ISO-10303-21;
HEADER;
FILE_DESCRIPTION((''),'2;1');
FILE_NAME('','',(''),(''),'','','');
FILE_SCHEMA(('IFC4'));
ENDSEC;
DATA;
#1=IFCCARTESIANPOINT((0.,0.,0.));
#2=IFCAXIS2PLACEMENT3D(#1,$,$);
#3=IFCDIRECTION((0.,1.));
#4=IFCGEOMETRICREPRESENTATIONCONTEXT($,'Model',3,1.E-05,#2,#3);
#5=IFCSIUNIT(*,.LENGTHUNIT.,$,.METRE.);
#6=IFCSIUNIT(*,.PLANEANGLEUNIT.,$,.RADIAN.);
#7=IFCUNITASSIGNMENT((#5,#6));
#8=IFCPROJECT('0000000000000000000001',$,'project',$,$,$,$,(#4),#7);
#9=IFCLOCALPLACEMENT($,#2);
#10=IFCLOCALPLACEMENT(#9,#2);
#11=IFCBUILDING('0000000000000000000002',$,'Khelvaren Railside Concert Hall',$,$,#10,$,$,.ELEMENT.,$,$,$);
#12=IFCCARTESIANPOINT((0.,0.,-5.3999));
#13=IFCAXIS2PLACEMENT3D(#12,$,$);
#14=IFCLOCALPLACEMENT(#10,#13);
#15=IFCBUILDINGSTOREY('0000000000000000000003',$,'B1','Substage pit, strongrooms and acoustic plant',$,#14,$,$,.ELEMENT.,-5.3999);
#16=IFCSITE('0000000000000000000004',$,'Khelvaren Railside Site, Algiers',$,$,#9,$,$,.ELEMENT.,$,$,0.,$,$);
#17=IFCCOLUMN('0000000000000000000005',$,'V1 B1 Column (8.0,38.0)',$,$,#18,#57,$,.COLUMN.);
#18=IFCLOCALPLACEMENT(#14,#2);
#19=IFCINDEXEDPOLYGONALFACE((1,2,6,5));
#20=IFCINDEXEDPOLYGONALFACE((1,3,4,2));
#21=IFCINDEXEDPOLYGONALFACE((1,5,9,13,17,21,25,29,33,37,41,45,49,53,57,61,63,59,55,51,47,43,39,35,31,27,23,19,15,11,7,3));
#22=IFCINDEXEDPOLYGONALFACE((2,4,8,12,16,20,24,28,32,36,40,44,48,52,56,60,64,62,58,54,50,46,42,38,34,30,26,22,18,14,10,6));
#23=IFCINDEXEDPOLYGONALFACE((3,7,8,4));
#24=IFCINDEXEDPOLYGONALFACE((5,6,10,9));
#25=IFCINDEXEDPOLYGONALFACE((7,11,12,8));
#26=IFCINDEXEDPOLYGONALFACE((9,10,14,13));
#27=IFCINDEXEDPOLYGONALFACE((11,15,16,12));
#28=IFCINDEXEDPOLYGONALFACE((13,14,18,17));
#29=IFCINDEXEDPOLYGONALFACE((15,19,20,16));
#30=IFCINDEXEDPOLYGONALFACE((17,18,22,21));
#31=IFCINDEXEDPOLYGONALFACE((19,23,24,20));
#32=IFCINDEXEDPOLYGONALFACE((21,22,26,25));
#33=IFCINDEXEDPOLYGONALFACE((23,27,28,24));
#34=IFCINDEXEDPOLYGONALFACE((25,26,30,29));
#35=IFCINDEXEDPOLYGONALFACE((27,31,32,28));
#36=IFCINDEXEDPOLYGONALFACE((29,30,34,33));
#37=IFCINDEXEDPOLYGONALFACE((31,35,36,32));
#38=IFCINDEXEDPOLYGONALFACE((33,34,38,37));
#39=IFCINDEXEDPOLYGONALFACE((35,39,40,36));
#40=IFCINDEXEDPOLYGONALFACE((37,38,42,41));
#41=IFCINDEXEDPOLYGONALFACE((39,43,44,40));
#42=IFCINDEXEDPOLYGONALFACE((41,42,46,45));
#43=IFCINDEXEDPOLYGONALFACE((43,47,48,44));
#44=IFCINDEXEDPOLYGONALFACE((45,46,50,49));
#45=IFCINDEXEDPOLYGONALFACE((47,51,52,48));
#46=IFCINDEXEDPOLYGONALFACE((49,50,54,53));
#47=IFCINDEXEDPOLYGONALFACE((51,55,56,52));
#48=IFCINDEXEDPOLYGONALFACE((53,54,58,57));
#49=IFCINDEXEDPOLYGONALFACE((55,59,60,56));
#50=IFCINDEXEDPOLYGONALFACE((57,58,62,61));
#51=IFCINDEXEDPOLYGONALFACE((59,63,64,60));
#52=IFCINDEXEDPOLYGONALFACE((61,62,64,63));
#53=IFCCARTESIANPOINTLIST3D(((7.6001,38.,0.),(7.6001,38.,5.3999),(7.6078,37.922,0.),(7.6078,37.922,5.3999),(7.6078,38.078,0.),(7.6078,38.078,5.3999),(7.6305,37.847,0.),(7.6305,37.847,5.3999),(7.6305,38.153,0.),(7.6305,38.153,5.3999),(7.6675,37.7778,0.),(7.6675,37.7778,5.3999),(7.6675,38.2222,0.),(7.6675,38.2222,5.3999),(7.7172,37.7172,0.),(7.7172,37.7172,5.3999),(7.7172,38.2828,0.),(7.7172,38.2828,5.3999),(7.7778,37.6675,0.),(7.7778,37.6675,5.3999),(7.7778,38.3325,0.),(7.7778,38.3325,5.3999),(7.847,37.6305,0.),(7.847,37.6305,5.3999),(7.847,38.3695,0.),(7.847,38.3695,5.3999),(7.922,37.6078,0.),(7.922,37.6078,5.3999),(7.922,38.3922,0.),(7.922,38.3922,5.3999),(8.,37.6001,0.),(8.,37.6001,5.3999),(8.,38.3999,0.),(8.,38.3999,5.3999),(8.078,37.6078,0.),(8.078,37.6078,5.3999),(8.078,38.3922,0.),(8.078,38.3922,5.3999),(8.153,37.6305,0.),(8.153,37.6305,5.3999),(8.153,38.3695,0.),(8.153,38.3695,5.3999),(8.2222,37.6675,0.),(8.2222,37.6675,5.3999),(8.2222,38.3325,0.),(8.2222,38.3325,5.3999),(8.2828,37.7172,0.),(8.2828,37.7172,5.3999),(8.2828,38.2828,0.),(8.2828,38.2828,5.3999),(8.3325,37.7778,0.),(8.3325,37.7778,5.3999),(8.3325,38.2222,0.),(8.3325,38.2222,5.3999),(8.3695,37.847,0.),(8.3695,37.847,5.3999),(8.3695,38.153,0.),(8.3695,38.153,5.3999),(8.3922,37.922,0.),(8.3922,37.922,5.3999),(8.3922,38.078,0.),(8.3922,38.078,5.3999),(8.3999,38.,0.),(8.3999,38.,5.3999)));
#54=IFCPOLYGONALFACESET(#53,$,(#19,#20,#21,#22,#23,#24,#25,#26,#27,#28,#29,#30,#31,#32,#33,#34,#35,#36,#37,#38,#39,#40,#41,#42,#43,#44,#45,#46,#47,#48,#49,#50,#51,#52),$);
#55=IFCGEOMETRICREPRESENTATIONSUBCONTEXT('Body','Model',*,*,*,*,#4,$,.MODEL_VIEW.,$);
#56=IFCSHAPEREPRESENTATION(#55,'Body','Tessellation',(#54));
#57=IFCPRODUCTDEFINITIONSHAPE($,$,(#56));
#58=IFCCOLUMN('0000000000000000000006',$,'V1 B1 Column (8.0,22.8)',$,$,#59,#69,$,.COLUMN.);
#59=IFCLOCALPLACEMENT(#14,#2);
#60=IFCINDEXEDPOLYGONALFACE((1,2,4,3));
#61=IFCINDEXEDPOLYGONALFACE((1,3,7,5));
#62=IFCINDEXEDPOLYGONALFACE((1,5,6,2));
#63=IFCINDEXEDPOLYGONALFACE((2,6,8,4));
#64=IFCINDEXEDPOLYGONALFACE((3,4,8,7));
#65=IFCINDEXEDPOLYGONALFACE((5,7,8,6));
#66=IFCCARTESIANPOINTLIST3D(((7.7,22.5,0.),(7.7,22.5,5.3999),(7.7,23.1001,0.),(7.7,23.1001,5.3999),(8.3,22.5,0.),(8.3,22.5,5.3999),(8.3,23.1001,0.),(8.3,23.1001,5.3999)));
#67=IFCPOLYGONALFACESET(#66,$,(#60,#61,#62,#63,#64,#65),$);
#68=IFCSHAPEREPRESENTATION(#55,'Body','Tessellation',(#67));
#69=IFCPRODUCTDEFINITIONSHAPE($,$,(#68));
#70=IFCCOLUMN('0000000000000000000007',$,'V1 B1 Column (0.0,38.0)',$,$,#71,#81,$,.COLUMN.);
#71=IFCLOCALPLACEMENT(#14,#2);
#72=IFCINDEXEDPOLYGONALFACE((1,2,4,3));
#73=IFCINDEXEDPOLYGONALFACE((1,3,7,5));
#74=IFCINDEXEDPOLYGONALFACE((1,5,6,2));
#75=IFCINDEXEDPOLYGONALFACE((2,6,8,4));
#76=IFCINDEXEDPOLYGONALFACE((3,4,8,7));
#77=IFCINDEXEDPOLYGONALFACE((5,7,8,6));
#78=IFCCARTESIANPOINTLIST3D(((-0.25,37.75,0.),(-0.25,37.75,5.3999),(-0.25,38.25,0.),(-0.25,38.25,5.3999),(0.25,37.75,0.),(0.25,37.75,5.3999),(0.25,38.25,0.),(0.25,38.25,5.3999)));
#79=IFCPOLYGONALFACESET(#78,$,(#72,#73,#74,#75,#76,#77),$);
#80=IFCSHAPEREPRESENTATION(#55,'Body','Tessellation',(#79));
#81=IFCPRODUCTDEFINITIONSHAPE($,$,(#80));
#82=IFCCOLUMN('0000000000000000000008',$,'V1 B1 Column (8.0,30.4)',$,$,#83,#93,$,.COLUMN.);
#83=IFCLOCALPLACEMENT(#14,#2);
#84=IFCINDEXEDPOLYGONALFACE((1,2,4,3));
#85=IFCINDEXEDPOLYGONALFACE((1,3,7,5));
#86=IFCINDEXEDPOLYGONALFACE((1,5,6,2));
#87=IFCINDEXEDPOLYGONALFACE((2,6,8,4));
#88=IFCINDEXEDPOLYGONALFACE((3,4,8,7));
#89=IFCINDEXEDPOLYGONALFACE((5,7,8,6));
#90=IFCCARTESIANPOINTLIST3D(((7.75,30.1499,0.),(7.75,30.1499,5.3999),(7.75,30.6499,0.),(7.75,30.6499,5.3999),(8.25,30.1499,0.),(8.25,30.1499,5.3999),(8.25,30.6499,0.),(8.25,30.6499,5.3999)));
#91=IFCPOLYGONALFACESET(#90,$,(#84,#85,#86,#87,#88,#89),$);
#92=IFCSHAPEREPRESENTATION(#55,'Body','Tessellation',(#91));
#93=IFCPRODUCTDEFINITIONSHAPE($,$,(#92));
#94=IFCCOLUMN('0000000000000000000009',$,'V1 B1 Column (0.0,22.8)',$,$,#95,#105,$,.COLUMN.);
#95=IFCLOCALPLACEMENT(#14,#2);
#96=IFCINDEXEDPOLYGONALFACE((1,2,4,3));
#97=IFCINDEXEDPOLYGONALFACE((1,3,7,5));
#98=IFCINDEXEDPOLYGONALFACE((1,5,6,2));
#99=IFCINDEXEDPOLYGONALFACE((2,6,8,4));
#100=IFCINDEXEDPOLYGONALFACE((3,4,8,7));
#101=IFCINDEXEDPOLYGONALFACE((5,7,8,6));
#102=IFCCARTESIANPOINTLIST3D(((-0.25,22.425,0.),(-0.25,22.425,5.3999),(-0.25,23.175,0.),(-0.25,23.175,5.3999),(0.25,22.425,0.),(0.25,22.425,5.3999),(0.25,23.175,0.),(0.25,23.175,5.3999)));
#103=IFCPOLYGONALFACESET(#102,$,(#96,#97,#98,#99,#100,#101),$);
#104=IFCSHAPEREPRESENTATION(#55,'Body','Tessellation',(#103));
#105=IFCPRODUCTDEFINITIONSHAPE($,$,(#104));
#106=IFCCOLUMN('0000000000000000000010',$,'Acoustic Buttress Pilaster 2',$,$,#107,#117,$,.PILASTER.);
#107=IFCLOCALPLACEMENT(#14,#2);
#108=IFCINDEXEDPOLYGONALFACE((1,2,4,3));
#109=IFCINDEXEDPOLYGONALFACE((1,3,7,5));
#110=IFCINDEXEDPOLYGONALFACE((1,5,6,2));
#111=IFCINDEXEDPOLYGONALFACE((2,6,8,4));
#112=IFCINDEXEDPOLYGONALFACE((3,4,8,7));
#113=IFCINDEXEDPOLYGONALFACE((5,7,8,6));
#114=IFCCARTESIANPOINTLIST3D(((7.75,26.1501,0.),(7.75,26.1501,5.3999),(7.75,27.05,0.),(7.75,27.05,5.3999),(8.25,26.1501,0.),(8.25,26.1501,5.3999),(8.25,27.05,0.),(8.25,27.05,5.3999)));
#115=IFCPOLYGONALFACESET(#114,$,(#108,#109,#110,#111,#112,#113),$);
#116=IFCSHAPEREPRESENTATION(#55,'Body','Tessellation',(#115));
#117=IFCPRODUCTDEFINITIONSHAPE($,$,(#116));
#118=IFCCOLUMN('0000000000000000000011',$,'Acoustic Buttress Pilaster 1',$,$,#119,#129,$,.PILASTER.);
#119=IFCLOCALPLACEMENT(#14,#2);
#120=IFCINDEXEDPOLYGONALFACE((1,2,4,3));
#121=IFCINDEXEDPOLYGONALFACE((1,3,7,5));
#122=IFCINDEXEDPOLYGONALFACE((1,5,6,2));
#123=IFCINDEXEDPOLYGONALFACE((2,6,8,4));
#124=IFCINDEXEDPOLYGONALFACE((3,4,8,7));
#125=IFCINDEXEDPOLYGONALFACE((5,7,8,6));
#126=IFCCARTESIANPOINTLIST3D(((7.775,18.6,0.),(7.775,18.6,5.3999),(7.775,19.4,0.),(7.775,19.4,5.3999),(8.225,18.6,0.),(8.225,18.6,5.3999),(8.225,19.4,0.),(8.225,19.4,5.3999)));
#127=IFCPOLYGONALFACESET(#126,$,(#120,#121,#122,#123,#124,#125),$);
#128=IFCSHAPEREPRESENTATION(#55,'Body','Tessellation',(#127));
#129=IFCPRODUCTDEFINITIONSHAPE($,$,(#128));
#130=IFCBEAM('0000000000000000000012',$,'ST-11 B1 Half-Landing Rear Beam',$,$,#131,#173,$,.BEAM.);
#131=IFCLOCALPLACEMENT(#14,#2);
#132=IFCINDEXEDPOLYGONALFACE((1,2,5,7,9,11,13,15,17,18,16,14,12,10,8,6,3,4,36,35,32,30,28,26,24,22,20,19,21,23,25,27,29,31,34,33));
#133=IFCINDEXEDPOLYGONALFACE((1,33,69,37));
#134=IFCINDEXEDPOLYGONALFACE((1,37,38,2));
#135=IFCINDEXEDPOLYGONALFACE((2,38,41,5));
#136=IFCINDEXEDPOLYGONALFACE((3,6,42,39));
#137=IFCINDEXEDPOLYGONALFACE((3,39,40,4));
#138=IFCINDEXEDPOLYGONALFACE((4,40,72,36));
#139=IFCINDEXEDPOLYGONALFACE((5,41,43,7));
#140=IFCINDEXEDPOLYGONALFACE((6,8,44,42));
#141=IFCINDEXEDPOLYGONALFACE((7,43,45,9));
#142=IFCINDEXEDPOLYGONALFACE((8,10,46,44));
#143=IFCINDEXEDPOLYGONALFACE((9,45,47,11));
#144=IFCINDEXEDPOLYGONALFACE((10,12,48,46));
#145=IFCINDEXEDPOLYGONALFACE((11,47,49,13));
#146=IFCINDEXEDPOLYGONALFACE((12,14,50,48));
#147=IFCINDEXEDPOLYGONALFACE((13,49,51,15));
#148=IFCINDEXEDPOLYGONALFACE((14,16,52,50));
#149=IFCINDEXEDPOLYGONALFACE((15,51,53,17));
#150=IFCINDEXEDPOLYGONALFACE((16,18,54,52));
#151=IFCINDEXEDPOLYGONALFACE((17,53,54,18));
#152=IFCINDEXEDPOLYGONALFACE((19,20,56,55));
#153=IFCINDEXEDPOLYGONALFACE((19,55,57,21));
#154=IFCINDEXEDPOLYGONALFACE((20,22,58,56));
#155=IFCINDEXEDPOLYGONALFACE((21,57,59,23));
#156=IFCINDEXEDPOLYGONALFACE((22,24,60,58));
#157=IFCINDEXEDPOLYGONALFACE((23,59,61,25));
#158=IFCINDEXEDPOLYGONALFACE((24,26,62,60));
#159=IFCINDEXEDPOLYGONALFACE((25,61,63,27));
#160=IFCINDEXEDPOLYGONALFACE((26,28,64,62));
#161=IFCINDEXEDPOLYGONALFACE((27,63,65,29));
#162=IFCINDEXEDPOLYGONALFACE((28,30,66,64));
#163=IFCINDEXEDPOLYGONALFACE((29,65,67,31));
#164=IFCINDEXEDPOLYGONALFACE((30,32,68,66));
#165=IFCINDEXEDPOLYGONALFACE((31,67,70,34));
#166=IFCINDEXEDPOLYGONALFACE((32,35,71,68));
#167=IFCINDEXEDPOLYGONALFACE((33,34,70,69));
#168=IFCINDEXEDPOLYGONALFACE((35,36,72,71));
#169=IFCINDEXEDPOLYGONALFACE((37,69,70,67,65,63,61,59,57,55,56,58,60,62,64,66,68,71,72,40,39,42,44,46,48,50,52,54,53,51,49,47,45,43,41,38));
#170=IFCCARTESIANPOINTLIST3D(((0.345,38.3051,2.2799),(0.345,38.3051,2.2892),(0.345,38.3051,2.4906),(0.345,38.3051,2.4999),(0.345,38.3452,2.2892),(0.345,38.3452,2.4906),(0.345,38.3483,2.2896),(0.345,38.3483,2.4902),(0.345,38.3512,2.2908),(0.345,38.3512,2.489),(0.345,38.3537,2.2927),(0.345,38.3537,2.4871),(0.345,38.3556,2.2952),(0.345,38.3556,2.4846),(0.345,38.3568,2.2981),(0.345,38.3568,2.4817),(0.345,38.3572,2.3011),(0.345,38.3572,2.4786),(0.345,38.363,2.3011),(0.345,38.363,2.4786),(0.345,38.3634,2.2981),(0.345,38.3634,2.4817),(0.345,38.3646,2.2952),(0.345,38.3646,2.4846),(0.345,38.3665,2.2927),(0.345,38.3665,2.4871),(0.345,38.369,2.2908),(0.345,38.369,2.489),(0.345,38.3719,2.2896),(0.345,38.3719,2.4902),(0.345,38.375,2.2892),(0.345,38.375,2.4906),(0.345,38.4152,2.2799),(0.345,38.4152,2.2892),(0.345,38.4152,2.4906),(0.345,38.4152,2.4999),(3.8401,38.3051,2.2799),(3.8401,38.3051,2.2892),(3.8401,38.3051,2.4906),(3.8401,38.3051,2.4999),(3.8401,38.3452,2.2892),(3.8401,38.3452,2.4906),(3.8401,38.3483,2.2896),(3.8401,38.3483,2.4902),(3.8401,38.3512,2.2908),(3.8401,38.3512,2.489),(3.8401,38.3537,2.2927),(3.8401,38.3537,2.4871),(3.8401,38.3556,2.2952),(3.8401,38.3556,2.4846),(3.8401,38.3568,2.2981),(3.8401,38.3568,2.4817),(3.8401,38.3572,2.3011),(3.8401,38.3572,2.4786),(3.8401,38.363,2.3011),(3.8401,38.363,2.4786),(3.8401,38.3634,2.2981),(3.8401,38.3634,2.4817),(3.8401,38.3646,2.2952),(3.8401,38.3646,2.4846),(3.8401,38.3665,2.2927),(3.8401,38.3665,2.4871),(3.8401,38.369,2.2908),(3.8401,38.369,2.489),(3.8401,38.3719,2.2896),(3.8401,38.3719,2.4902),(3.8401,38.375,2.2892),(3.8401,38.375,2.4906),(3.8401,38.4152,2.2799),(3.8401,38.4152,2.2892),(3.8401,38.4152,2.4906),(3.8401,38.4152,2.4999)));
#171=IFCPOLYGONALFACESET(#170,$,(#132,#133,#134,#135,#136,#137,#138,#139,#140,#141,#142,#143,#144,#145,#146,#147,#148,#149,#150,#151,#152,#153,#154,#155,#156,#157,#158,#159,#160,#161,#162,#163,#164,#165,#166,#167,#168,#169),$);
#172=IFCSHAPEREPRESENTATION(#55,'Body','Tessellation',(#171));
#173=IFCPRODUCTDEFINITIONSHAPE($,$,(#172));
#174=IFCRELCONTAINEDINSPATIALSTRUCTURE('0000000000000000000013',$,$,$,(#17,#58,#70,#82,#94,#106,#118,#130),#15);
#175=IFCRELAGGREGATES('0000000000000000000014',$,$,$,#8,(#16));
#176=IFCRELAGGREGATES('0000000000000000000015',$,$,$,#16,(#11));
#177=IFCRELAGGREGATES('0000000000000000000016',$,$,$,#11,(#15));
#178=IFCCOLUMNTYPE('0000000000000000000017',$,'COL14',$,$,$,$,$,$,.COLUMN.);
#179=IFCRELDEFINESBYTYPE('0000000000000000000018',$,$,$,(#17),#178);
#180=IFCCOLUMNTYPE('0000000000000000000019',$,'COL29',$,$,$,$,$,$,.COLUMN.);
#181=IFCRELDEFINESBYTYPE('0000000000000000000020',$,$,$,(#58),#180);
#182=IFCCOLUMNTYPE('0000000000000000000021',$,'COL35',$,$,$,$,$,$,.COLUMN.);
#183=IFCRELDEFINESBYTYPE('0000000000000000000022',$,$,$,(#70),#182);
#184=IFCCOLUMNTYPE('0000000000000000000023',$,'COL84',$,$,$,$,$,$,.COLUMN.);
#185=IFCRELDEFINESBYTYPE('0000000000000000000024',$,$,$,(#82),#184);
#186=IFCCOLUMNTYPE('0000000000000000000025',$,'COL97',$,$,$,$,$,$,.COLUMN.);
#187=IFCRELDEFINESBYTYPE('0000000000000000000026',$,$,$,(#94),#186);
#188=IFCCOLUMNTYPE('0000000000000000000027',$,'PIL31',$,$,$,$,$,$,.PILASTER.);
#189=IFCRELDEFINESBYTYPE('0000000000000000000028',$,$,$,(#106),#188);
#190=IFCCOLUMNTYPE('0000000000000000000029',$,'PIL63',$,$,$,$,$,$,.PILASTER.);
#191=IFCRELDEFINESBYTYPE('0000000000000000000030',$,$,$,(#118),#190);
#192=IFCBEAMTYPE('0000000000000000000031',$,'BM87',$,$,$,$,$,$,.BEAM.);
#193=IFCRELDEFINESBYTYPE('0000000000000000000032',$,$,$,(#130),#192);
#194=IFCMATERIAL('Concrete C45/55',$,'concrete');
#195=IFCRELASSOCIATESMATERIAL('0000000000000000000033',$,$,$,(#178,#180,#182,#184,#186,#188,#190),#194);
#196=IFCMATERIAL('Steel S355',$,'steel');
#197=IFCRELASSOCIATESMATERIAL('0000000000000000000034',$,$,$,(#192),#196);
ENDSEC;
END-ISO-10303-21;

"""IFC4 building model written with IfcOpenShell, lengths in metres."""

from ifc_helpers import new_model, si_unit, direction, frame, origin, origin_2d, place, context, subcontext, project, spatial, rectangle, circle, i_section, extrude, material, material_profile, profile_set, type_object, element, save


model = new_model("IFC4")

# Units and contexts
model_context = context("Model", 3, precision=1e-05, world=origin(), true_north=direction((0.0, 1.0)))
body_context = subcontext(model_context, "Body", "Model", "MODEL_VIEW")
ifc_project = project(units=[si_unit("LENGTHUNIT", "METRE"), si_unit("PLANEANGLEUNIT", "RADIAN")], contexts=[model_context])

# Site, building, storey
site_placement = place(None, origin())
site = spatial("IfcSite", under=ifc_project, at=site_placement, Name="Khelvaren Railside Site, Algiers", CompositionType="ELEMENT", RefElevation=0.0)
building_placement = place(site_placement, origin())
building = spatial("IfcBuilding", under=site, at=building_placement, Name="Khelvaren Railside Concert Hall", CompositionType="ELEMENT")
storey_placement = place(building_placement, frame((0.0, 0.0, -5.3999)))
storey = spatial("IfcBuildingStorey", under=building, at=storey_placement, Name="B1", Description="Substage pit, strongrooms and acoustic plant", CompositionType="ELEMENT", Elevation=-5.3999)

# Columns
ifc_material_1 = material(Name="Concrete C45/55", Category="concrete")
ifc_material_profile_1 = material_profile(ifc_material_1, circle(Radius=0.3999, at=origin_2d()), Name="RC D800")
ifc_profile_set_1 = profile_set([ifc_material_profile_1], Name="Concrete C45/55")
column_type_1 = type_object("IfcColumnType", Name="COL14", PredefinedType="COLUMN", material=ifc_profile_set_1)
column_1_placement = place(storey_placement, frame((8.0, 38.0, 0.0), z_axis=(0.0, 0.0, 1.0), x_axis=(1.0, 0.0, 0.0)))
element("IfcColumn", 1, at=column_1_placement, inside=storey, type_object=column_type_1, Name="V1 B1 Column (8.0,38.0)", PredefinedType="COLUMN", context=body_context, shape_type="SweptSolid", body=[
    extrude(circle(Radius=0.3999, at=origin_2d()), origin(), (0.0, 0.0, 1.0), 5.3999),
])
ifc_material_profile_2 = material_profile(ifc_material_1, rectangle(XDim=0.6001, YDim=0.6001, at=origin_2d()), Name="RC 600x600")
ifc_profile_set_2 = profile_set([ifc_material_profile_2], Name="Concrete C45/55")
column_type_2 = type_object("IfcColumnType", Name="COL29", PredefinedType="COLUMN", material=ifc_profile_set_2)
column_2_placement = place(storey_placement, frame((8.0, 22.8, 0.0), z_axis=(0.0, 0.0, 1.0), x_axis=(1.0, 0.0, 0.0)))
element("IfcColumn", 2, at=column_2_placement, inside=storey, type_object=column_type_2, Name="V1 B1 Column (8.0,22.8)", PredefinedType="COLUMN", context=body_context, shape_type="SweptSolid", body=[
    extrude(rectangle(XDim=0.6001, YDim=0.6001, at=origin_2d()), origin(), (0.0, 0.0, 1.0), 5.3999),
])
ifc_material_profile_3 = material_profile(ifc_material_1, rectangle(XDim=0.5, YDim=0.5, at=origin_2d()), Name="RC 500x500")
ifc_profile_set_3 = profile_set([ifc_material_profile_3], Name="Concrete C45/55")
column_type_3 = type_object("IfcColumnType", Name="COL35", PredefinedType="COLUMN", material=ifc_profile_set_3)
column_3_placement = place(storey_placement, frame((0.0, 38.0, 0.0), z_axis=(0.0, 0.0, 1.0), x_axis=(1.0, 0.0, 0.0)))
element("IfcColumn", 3, at=column_3_placement, inside=storey, type_object=column_type_3, Name="V1 B1 Column (0.0,38.0)", PredefinedType="COLUMN", context=body_context, shape_type="SweptSolid", body=[
    extrude(rectangle(XDim=0.5, YDim=0.5, at=origin_2d()), origin(), (0.0, 0.0, 1.0), 5.3999),
])
ifc_material_profile_4 = material_profile(ifc_material_1, rectangle(XDim=0.5, YDim=0.5, at=origin_2d()), Name="RC 500x500")
ifc_profile_set_4 = profile_set([ifc_material_profile_4], Name="Concrete C45/55")
column_type_4 = type_object("IfcColumnType", Name="COL84", PredefinedType="COLUMN", material=ifc_profile_set_4)
column_4_placement = place(storey_placement, frame((8.0, 30.3999, 0.0), z_axis=(0.0, 0.0, 1.0), x_axis=(1.0, 0.0, 0.0)))
element("IfcColumn", 4, at=column_4_placement, inside=storey, type_object=column_type_4, Name="V1 B1 Column (8.0,30.4)", PredefinedType="COLUMN", context=body_context, shape_type="SweptSolid", body=[
    extrude(rectangle(XDim=0.5, YDim=0.5, at=origin_2d()), origin(), (0.0, 0.0, 1.0), 5.3999),
])
ifc_material_profile_5 = material_profile(ifc_material_1, rectangle(XDim=0.5, YDim=0.75, at=origin_2d()), Name="RC 500x750")
ifc_profile_set_5 = profile_set([ifc_material_profile_5], Name="Concrete C45/55")
column_type_5 = type_object("IfcColumnType", Name="COL97", PredefinedType="COLUMN", material=ifc_profile_set_5)
column_5_placement = place(storey_placement, frame((0.0, 22.8, 0.0), z_axis=(0.0, 0.0, 1.0), x_axis=(1.0, 0.0, 0.0)))
element("IfcColumn", 5, at=column_5_placement, inside=storey, type_object=column_type_5, Name="V1 B1 Column (0.0,22.8)", PredefinedType="COLUMN", context=body_context, shape_type="SweptSolid", body=[
    extrude(rectangle(XDim=0.5, YDim=0.75, at=origin_2d()), origin(), (0.0, 0.0, 1.0), 5.3999),
])
ifc_material_profile_6 = material_profile(ifc_material_1, rectangle(XDim=0.5, YDim=0.8999, at=origin_2d()), Name="PIL 500x900")
ifc_profile_set_6 = profile_set([ifc_material_profile_6], Name="Concrete C45/55")
column_type_6 = type_object("IfcColumnType", Name="PIL31", PredefinedType="PILASTER", material=ifc_profile_set_6)
column_6_placement = place(storey_placement, frame((8.0, 26.6001, 0.0), z_axis=(0.0, 0.0, 1.0), x_axis=(1.0, 0.0, 0.0)))
element("IfcColumn", 6, at=column_6_placement, inside=storey, type_object=column_type_6, Name="Acoustic Buttress Pilaster 2", PredefinedType="PILASTER", context=body_context, shape_type="SweptSolid", body=[
    extrude(rectangle(XDim=0.5, YDim=0.8999, at=origin_2d()), origin(), (0.0, 0.0, 1.0), 5.3999),
])
ifc_material_profile_7 = material_profile(ifc_material_1, rectangle(XDim=0.45, YDim=0.8, at=origin_2d()), Name="PIL 450x800")
ifc_profile_set_7 = profile_set([ifc_material_profile_7], Name="Concrete C45/55")
column_type_7 = type_object("IfcColumnType", Name="PIL63", PredefinedType="PILASTER", material=ifc_profile_set_7)
column_7_placement = place(storey_placement, frame((8.0, 19.0, 0.0), z_axis=(0.0, 0.0, 1.0), x_axis=(1.0, 0.0, 0.0)))
element("IfcColumn", 7, at=column_7_placement, inside=storey, type_object=column_type_7, Name="Acoustic Buttress Pilaster 1", PredefinedType="PILASTER", context=body_context, shape_type="SweptSolid", body=[
    extrude(rectangle(XDim=0.45, YDim=0.8, at=origin_2d()), origin(), (0.0, 0.0, 1.0), 5.3999),
])

# Beam
ifc_material_2 = material(Name="Steel S355", Category="steel")
ifc_material_profile_8 = material_profile(ifc_material_2, i_section(OverallWidth=0.1101, OverallDepth=0.22, WebThickness=0.0059, FlangeThickness=0.0093, FilletRadius=0.012, at=origin_2d()), Name="IPE 220")
ifc_profile_set_8 = profile_set([ifc_material_profile_8], Name="Steel S355")
beam_type = type_object("IfcBeamType", Name="BM87", PredefinedType="BEAM", material=ifc_profile_set_8)
beam_placement = place(storey_placement, frame((0.345, 38.3601, 2.3899), z_axis=(1.0, 0.0, 0.0), x_axis=(0.0, 1.0, 0.0)))
element("IfcBeam", 8, at=beam_placement, inside=storey, type_object=beam_type, Name="ST-11 B1 Half-Landing Rear Beam", PredefinedType="BEAM", context=body_context, shape_type="SweptSolid", body=[
    extrude(i_section(OverallWidth=0.1101, OverallDepth=0.22, WebThickness=0.0059, FlangeThickness=0.0093, FilletRadius=0.012, at=origin_2d()), origin(), (0.0, 0.0, 1.0), 3.4951),
])

save(model, "model.ifc")
